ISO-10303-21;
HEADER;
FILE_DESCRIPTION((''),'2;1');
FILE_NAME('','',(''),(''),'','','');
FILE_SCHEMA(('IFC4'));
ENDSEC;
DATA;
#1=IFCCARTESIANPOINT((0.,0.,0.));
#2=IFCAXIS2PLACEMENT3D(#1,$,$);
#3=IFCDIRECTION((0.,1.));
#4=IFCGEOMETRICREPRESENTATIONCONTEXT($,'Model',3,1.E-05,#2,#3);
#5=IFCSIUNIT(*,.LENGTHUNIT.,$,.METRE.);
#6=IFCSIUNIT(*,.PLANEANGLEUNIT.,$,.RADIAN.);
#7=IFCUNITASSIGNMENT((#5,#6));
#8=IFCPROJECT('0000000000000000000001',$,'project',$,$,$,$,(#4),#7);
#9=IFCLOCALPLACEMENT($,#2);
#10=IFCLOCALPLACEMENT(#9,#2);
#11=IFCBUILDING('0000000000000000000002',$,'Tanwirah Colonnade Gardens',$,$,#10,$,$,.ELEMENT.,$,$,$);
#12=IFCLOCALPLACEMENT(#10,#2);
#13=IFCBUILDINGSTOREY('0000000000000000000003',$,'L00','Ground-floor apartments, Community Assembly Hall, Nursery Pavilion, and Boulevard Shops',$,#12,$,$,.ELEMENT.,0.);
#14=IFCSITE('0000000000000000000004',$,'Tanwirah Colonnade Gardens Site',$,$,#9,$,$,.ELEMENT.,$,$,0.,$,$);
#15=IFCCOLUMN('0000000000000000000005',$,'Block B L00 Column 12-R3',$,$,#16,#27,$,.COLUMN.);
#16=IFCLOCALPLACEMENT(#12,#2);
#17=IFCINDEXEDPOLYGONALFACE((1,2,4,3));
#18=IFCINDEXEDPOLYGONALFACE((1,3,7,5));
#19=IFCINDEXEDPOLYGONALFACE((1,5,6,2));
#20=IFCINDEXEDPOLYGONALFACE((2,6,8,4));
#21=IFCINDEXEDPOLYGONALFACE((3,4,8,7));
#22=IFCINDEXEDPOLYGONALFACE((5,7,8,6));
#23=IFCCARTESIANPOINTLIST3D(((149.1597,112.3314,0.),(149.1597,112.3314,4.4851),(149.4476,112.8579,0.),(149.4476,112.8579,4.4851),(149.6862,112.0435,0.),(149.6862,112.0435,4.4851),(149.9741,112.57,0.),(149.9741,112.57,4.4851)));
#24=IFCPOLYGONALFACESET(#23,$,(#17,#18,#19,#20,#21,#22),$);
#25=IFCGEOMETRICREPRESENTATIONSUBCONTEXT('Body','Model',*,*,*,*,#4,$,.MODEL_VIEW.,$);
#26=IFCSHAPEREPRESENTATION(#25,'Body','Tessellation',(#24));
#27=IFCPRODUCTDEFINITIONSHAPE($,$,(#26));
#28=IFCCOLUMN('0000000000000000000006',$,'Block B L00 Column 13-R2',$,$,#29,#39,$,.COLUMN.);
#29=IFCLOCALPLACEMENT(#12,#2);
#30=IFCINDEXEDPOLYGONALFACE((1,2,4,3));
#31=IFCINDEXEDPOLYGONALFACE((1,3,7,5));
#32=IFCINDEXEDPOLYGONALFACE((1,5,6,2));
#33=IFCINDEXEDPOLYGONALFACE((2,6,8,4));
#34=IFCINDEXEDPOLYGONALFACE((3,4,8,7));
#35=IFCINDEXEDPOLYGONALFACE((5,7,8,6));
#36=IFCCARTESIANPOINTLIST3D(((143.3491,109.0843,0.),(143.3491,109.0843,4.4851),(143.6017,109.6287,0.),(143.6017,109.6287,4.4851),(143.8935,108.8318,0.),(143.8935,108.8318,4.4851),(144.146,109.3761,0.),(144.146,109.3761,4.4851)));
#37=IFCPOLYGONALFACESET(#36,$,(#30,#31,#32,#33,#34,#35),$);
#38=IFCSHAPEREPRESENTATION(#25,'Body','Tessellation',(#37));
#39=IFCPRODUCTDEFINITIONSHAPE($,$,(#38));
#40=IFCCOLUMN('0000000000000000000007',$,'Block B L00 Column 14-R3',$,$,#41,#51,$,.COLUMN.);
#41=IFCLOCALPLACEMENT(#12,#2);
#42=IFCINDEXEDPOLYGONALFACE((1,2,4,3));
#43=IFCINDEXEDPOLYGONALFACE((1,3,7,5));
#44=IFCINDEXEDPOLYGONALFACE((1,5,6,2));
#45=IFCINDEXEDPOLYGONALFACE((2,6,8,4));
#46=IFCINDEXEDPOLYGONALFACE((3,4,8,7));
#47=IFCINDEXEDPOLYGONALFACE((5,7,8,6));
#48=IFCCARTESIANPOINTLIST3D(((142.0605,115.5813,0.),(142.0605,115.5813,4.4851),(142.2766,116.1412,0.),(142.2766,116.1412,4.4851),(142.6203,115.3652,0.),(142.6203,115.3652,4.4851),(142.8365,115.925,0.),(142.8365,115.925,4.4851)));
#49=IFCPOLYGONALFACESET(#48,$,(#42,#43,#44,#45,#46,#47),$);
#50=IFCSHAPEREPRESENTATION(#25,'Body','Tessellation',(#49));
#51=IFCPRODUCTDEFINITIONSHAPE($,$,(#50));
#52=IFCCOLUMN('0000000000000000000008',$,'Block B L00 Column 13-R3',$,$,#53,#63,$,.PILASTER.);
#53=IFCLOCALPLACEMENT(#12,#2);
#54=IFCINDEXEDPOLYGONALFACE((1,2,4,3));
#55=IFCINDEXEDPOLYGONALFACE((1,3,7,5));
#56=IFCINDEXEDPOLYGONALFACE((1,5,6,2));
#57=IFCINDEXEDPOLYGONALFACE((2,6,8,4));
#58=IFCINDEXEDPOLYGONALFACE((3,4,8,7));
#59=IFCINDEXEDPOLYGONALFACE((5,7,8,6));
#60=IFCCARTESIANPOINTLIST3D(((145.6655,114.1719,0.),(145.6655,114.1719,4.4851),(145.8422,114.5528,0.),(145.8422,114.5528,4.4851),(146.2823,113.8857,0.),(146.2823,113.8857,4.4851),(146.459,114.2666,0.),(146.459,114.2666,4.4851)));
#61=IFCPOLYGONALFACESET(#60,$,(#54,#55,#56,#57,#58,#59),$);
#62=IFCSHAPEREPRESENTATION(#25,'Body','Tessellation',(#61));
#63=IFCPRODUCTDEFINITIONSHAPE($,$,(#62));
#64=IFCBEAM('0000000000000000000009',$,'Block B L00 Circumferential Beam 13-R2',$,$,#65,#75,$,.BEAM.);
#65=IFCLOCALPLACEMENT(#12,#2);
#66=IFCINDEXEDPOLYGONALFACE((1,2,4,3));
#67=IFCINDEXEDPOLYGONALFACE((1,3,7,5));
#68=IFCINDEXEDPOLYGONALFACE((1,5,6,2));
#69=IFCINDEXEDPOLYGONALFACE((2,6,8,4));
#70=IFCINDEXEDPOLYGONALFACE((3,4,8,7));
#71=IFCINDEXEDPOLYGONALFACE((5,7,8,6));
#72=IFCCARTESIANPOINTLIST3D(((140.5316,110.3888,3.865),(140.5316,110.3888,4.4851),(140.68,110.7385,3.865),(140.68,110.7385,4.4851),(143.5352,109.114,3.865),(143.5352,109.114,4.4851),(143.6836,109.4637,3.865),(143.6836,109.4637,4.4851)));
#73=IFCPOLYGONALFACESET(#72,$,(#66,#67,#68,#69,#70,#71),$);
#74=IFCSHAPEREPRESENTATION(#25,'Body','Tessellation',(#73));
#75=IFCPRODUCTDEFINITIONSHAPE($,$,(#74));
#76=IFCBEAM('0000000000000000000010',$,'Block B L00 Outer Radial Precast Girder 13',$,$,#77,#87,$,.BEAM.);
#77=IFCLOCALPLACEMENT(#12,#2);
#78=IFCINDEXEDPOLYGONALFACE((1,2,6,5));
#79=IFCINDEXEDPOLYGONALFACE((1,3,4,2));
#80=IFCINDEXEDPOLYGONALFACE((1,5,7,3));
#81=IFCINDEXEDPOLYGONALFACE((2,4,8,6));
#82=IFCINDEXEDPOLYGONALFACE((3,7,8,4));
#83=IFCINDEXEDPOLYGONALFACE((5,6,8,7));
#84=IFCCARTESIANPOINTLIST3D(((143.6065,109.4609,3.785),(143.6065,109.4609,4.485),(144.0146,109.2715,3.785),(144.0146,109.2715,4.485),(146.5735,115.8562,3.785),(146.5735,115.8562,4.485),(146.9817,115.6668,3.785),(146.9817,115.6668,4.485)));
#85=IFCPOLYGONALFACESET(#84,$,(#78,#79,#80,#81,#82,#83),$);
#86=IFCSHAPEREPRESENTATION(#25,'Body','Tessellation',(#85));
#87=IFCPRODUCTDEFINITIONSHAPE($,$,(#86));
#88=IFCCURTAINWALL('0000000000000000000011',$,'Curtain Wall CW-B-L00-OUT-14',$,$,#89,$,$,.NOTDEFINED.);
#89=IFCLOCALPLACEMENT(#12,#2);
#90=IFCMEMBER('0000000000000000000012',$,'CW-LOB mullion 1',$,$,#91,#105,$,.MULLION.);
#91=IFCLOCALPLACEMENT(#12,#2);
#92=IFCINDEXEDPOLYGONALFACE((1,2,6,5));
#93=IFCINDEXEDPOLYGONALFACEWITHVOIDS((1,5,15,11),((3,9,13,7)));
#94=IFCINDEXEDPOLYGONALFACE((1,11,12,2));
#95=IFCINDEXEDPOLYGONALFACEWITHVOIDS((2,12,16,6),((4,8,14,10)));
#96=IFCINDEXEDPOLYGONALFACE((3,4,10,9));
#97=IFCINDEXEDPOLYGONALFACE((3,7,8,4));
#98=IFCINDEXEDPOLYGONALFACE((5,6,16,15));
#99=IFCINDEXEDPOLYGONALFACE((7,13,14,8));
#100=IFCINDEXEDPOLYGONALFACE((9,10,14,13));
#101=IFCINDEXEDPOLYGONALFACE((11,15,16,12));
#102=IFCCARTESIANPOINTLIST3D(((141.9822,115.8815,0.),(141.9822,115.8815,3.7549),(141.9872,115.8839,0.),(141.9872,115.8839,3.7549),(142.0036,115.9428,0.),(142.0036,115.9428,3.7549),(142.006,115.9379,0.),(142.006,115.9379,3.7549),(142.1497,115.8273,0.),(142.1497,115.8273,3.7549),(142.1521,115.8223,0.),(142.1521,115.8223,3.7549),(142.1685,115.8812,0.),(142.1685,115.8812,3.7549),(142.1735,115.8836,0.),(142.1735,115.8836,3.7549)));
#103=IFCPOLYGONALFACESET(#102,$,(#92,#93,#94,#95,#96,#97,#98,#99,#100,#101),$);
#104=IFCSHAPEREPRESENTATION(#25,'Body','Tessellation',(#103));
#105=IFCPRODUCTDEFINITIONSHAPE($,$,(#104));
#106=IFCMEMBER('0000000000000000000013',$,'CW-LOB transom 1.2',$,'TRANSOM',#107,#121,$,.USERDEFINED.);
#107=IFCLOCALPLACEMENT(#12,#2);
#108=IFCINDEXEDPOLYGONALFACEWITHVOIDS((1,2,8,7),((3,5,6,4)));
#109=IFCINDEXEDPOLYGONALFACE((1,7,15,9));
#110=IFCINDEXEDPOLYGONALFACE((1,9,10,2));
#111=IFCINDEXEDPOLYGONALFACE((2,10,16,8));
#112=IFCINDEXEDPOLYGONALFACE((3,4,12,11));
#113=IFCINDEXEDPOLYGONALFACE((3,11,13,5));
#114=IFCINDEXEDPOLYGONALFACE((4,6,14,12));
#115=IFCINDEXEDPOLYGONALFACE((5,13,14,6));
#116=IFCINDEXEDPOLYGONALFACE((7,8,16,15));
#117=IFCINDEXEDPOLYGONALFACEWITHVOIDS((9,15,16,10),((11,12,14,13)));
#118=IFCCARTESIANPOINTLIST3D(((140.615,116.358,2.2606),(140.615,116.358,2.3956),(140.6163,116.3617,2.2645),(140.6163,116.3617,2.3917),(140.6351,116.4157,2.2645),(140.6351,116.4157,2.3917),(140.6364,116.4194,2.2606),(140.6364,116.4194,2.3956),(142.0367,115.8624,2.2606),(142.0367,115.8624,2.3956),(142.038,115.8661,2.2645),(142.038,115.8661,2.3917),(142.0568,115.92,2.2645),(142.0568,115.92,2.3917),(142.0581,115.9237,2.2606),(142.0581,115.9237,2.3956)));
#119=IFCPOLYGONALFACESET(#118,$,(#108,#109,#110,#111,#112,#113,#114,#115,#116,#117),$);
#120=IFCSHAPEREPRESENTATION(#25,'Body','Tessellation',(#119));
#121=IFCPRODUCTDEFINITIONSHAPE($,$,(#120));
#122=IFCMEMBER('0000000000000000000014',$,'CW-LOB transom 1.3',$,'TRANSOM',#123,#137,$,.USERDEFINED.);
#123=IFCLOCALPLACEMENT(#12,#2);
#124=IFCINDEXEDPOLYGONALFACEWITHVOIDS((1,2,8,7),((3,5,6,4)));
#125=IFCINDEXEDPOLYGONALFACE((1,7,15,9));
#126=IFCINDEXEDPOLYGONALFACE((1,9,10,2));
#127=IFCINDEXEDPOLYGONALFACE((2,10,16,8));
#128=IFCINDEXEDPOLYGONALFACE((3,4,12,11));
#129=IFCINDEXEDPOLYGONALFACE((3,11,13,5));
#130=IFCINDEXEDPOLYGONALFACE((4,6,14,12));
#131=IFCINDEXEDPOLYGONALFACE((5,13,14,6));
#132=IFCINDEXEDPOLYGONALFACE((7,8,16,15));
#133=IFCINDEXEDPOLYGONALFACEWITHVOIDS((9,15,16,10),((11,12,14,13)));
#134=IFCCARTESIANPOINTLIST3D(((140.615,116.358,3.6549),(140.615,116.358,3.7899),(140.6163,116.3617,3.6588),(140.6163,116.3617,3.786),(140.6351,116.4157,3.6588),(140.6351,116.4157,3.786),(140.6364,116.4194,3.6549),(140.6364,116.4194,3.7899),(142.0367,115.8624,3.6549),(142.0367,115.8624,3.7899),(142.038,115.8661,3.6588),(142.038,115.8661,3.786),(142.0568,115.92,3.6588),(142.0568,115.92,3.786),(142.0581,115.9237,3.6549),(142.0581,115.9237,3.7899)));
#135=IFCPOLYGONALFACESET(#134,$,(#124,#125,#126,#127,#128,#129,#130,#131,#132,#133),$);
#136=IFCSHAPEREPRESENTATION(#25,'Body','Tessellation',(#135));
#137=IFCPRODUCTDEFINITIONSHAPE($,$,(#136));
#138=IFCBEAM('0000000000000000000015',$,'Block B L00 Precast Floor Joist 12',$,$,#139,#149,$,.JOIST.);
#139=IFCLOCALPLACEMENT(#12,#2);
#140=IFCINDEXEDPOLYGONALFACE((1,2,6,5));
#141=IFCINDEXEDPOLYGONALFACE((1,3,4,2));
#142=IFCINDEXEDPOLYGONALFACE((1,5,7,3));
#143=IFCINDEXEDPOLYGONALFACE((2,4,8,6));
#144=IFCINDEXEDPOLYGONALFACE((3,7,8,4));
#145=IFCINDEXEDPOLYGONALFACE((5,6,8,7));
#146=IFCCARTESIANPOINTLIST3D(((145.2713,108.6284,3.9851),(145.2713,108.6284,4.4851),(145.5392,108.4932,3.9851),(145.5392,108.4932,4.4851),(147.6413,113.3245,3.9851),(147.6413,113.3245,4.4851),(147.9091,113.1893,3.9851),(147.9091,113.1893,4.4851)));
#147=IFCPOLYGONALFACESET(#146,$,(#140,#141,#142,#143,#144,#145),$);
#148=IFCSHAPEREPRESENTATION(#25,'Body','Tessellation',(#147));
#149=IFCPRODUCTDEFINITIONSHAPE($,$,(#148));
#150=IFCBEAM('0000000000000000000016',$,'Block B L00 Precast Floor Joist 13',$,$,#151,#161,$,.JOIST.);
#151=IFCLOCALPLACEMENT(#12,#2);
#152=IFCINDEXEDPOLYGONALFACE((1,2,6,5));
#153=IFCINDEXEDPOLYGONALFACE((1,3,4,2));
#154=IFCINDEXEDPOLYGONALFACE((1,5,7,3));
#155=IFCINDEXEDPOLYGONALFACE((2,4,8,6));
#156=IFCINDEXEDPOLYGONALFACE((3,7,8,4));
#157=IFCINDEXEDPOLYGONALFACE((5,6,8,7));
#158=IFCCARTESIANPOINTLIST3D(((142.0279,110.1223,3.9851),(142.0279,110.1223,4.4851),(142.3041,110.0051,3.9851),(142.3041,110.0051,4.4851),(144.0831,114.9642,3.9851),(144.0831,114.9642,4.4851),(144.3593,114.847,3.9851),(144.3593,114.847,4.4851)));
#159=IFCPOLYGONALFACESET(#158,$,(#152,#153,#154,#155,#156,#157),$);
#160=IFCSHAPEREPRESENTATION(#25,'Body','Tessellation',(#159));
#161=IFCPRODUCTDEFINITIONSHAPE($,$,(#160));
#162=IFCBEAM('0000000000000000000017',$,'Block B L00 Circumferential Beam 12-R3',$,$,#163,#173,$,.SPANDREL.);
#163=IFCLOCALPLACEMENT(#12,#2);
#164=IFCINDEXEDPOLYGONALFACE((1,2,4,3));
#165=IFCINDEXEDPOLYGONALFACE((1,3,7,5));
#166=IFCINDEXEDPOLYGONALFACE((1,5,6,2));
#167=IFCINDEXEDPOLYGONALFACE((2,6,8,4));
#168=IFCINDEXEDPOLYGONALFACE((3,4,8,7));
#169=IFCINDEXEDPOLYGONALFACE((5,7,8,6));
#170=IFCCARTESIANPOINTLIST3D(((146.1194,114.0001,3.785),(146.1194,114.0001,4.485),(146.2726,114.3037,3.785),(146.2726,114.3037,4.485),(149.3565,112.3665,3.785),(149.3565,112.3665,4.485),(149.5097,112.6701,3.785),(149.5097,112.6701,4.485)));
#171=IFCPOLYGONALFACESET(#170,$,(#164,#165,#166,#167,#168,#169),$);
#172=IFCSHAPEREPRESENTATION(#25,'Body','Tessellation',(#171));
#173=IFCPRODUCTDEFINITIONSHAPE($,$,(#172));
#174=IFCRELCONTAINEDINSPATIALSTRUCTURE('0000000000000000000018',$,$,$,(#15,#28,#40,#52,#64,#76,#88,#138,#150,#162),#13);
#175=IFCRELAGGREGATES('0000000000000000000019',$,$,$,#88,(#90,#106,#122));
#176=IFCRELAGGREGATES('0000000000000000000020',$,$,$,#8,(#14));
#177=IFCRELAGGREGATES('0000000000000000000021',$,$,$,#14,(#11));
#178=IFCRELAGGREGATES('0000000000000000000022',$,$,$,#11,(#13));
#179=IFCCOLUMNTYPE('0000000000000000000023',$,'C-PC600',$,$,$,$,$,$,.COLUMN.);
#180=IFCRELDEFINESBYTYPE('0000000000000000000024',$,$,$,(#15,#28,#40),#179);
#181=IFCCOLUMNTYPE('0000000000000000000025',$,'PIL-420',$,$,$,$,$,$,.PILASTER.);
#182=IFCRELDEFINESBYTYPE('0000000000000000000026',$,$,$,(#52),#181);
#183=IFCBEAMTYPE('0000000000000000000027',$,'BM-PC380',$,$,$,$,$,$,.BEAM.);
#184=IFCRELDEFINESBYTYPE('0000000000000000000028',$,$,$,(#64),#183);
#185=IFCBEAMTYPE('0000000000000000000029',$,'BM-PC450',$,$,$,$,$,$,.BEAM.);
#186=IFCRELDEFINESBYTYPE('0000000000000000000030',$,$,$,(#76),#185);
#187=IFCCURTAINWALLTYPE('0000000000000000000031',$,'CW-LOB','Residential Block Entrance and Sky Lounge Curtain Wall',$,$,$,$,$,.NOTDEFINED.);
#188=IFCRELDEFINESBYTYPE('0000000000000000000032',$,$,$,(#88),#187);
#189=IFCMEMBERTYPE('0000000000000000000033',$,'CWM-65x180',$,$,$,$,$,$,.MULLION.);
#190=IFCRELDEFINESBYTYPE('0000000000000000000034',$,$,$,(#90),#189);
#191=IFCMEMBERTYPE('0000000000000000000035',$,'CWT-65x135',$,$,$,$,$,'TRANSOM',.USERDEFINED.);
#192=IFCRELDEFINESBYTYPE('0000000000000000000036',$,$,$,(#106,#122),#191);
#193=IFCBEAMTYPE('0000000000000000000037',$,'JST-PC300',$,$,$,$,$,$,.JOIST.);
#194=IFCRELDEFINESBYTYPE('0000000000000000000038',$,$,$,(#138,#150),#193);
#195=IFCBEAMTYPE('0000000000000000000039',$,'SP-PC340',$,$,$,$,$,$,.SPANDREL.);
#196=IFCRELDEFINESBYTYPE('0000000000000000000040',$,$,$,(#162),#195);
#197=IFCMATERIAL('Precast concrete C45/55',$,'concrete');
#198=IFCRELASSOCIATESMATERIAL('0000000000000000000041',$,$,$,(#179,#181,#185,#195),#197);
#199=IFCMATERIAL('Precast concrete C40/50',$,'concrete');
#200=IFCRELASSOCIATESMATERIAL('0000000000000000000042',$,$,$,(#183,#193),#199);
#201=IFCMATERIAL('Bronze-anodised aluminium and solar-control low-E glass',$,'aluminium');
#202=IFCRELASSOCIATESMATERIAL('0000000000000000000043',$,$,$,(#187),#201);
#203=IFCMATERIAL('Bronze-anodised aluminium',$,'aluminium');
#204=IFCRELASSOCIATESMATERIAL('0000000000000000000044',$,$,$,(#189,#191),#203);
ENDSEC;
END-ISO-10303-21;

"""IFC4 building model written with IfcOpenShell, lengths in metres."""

from ifc_helpers import new_model, si_unit, direction, frame, origin, origin_2d, place, context, subcontext, project, spatial, rectangle, hollow_rectangle, extrude, material, material_profile, profile_set, type_object, element, aggregate, save


model = new_model("IFC4")

# Units and contexts
model_context = context("Model", 3, precision=1e-05, world=origin(), true_north=direction((0.0, 1.0)))
body_context = subcontext(model_context, "Body", "Model", "MODEL_VIEW")
ifc_project = project(units=[si_unit("LENGTHUNIT", "METRE"), si_unit("PLANEANGLEUNIT", "RADIAN")], contexts=[model_context])

# Site, building, storey
site_placement = place(None, origin())
site = spatial("IfcSite", under=ifc_project, at=site_placement, Name="Tanwirah Colonnade Gardens Site", CompositionType="ELEMENT", RefElevation=0.0)
building_placement = place(site_placement, origin())
building = spatial("IfcBuilding", under=site, at=building_placement, Name="Tanwirah Colonnade Gardens", CompositionType="ELEMENT")
storey_placement = place(building_placement, origin())
storey = spatial("IfcBuildingStorey", under=building, at=storey_placement, Name="L00", Description="Ground-floor apartments, Community Assembly Hall, Nursery Pavilion, and Boulevard Shops", CompositionType="ELEMENT", Elevation=0.0)

# Columns
ifc_material_1 = material(Name="Precast concrete C45/55", Category="concrete")
ifc_material_profile_1 = material_profile(ifc_material_1, rectangle(XDim=0.6001, YDim=0.6001, at=origin_2d()), Name="PC-COL 600x600")
ifc_profile_set_1 = profile_set([ifc_material_profile_1], Name="Precast concrete C45/55")
column_type_1 = type_object("IfcColumnType", Name="C-PC600", PredefinedType="COLUMN", material=ifc_profile_set_1)
for number, where, z_axis, x_axis, name in (
    (1, (149.5669, 112.4507, 0.0), (0.0, 0.0, 1.0), (0.479713, 0.877425, 0.0), "Block B L00 Column 12-R3"),
    (2, (143.7476, 109.2302, 0.0), (0.0, 0.0, 1.0), (0.42086, 0.907126, 0.0), "Block B L00 Column 13-R2"),
    (3, (142.4485, 115.7532, 0.0), (0.0, 0.0, 1.0), (0.360178, 0.932884, 0.0), "Block B L00 Column 14-R3"),
):
    element("IfcColumn", number, at=place(storey_placement, frame(where, z_axis=z_axis, x_axis=x_axis)), inside=storey, type_object=column_type_1, Name=name, PredefinedType="COLUMN", context=body_context, shape_type="SweptSolid", body=[
        extrude(rectangle(XDim=0.6001, YDim=0.6001, at=origin_2d()), origin(), (0.0, 0.0, 1.0), 4.4851),
    ])
ifc_material_profile_2 = material_profile(ifc_material_1, rectangle(XDim=0.4199, YDim=0.6799, at=origin_2d()), Name="PC-PIL 420x680")
ifc_profile_set_2 = profile_set([ifc_material_profile_2], Name="Precast concrete C45/55")
column_type_2 = type_object("IfcColumnType", Name="PIL-420", PredefinedType="PILASTER", material=ifc_profile_set_2)
column_placement = place(storey_placement, frame((146.0623, 114.2192, 0.0), z_axis=(0.0, 0.0, 1.0), x_axis=(0.42086, 0.907126, 0.0)))
element("IfcColumn", 4, at=column_placement, inside=storey, type_object=column_type_2, Name="Block B L00 Column 13-R3", PredefinedType="PILASTER", context=body_context, shape_type="SweptSolid", body=[
    extrude(rectangle(XDim=0.4199, YDim=0.6799, at=origin_2d()), origin(), (0.0, 0.0, 1.0), 4.4851),
])

# Beams
ifc_material_2 = material(Name="Precast concrete C40/50", Category="concrete")
ifc_material_profile_3 = material_profile(ifc_material_2, rectangle(XDim=0.3799, YDim=0.6201, at=origin_2d()), Name="PC-BM 380x620")
ifc_profile_set_3 = profile_set([ifc_material_profile_3], Name="Precast concrete C40/50")
beam_type_1 = type_object("IfcBeamType", Name="BM-PC380", PredefinedType="BEAM", material=ifc_profile_set_3)
beam_1_placement = place(storey_placement, frame((143.6094, 109.2888, 4.175), z_axis=(-0.920513, 0.390711, 0.0), x_axis=(-0.390711, -0.920513, 0.0)))
element("IfcBeam", 5, at=beam_1_placement, inside=storey, type_object=beam_type_1, Name="Block B L00 Circumferential Beam 13-R2", PredefinedType="BEAM", context=body_context, shape_type="SweptSolid", body=[
    extrude(rectangle(XDim=0.3799, YDim=0.6201, at=origin_2d()), origin(), (0.0, 0.0, 1.0), 3.2629),
])
ifc_material_profile_4 = material_profile(ifc_material_1, rectangle(XDim=0.45, YDim=0.7, at=origin_2d()), Name="PC-BM 450x700")
ifc_profile_set_4 = profile_set([ifc_material_profile_4], Name="Precast concrete C45/55")
beam_type_2 = type_object("IfcBeamType", Name="BM-PC450", PredefinedType="BEAM", material=ifc_profile_set_4)
beam_2_placement = place(storey_placement, frame((143.8105, 109.3662, 4.135), z_axis=(0.420856, 0.907128, 0.0), x_axis=(-0.907128, 0.420856, 0.0)))
element("IfcBeam", 6, at=beam_2_placement, inside=storey, type_object=beam_type_2, Name="Block B L00 Outer Radial Precast Girder 13", PredefinedType="BEAM", context=body_context, shape_type="SweptSolid", body=[
    extrude(rectangle(XDim=0.45, YDim=0.7, at=origin_2d()), origin(), (0.0, 0.0, 1.0), 7.05),
])

# Curtain wall, members
ifc_material_3 = material(Name="Bronze-anodised aluminium and solar-control low-E glass", Category="aluminium")
curtain_wall_type = type_object("IfcCurtainWallType", Name="CW-LOB", Description="Residential Block Entrance and Sky Lounge Curtain Wall", PredefinedType="NOTDEFINED", material=ifc_material_3)
curtain_wall_placement = place(storey_placement, origin())
curtain_wall = element("IfcCurtainWall", 7, at=curtain_wall_placement, inside=storey, type_object=curtain_wall_type, Name="Curtain Wall CW-B-L00-OUT-14", PredefinedType="NOTDEFINED")
ifc_material_4 = material(Name="Bronze-anodised aluminium", Category="aluminium")
ifc_material_profile_5 = material_profile(ifc_material_4, hollow_rectangle(XDim=0.0649, YDim=0.1799, WallThickness=0.0039, at=origin_2d()), Name="CW-MUL 65x180x4")
ifc_profile_set_5 = profile_set([ifc_material_profile_5], Name="Bronze-anodised aluminium")
member_type_1 = type_object("IfcMemberType", Name="CWM-65x180", PredefinedType="MULLION", material=ifc_profile_set_5)
member_1_placement = place(storey_placement, frame((142.0779, 115.8826, 0.0), z_axis=(0.0, 0.0, 1.0), x_axis=(-0.329232, -0.944249, 0.0)))
member_1 = element("IfcMember", 8, at=member_1_placement, type_object=member_type_1, Name="CW-LOB mullion 1", PredefinedType="MULLION", context=body_context, shape_type="SweptSolid", body=[
    extrude(hollow_rectangle(XDim=0.0649, YDim=0.1799, WallThickness=0.0039, at=origin_2d()), origin(), (0.0, 0.0, 1.0), 3.7549),
])
ifc_material_profile_6 = material_profile(ifc_material_4, hollow_rectangle(XDim=0.0649, YDim=0.135, WallThickness=0.0039, at=origin_2d()), Name="CW-TRN 65x135x4")
ifc_profile_set_6 = profile_set([ifc_material_profile_6], Name="Bronze-anodised aluminium")
member_type_2 = type_object("IfcMemberType", Name="CWT-65x135", ElementType="TRANSOM", PredefinedType="USERDEFINED", material=ifc_profile_set_6)
member_2_placement = place(storey_placement, frame((142.0474, 115.8931, 2.3281), z_axis=(-0.944265, 0.329187, 0.0), x_axis=(-0.329187, -0.944265, 0.0)))
member_2 = element("IfcMember", 9, at=member_2_placement, type_object=member_type_2, Name="CW-LOB transom 1.2", ObjectType="TRANSOM", PredefinedType="USERDEFINED", context=body_context, shape_type="SweptSolid", body=[
    extrude(hollow_rectangle(XDim=0.0649, YDim=0.135, WallThickness=0.0039, at=origin_2d()), origin(), (0.0, 0.0, 1.0), 1.5056),
])
member_3_placement = place(storey_placement, frame((142.0474, 115.8931, 3.7224), z_axis=(-0.944265, 0.329187, 0.0), x_axis=(-0.329187, -0.944265, 0.0)))
member_3 = element("IfcMember", 10, at=member_3_placement, type_object=member_type_2, Name="CW-LOB transom 1.3", ObjectType="TRANSOM", PredefinedType="USERDEFINED", context=body_context, shape_type="SweptSolid", body=[
    extrude(hollow_rectangle(XDim=0.0649, YDim=0.135, WallThickness=0.0039, at=origin_2d()), origin(), (0.0, 0.0, 1.0), 1.5056),
])
aggregate(curtain_wall, [member_1, member_2, member_3])

# Beams
ifc_material_profile_7 = material_profile(ifc_material_2, rectangle(XDim=0.3, YDim=0.5, at=origin_2d()), Name="PC-JST 300x500")
ifc_profile_set_7 = profile_set([ifc_material_profile_7], Name="Precast concrete C40/50")
beam_type_3 = type_object("IfcBeamType", Name="JST-PC300", PredefinedType="JOIST", material=ifc_profile_set_7)
beam_3_placement = place(storey_placement, frame((145.4053, 108.5608, 4.2351), z_axis=(0.450534, 0.892759, 0.0), x_axis=(-0.892759, 0.450534, 0.0)))
element("IfcBeam", 11, at=beam_3_placement, inside=storey, type_object=beam_type_3, Name="Block B L00 Precast Floor Joist 12", PredefinedType="JOIST", context=body_context, shape_type="SweptSolid", body=[
    extrude(rectangle(XDim=0.3, YDim=0.5, at=origin_2d()), origin(), (0.0, 0.0, 1.0), 5.2603),
])
beam_4_placement = place(storey_placement, frame((142.166, 110.0637, 4.2351), z_axis=(0.390724, 0.920508, 0.0), x_axis=(-0.920508, 0.390724, 0.0)))
element("IfcBeam", 12, at=beam_4_placement, inside=storey, type_object=beam_type_3, Name="Block B L00 Precast Floor Joist 13", PredefinedType="JOIST", context=body_context, shape_type="SweptSolid", body=[
    extrude(rectangle(XDim=0.3, YDim=0.5, at=origin_2d()), origin(), (0.0, 0.0, 1.0), 5.26),
])
ifc_material_profile_8 = material_profile(ifc_material_1, rectangle(XDim=0.3401, YDim=0.7, at=origin_2d()), Name="PC-SP 340x700")
ifc_profile_set_8 = profile_set([ifc_material_profile_8], Name="Precast concrete C45/55")
beam_type_4 = type_object("IfcBeamType", Name="SP-PC340", PredefinedType="SPANDREL", material=ifc_profile_set_8)
beam_5_placement = place(storey_placement, frame((149.4331, 112.5183, 4.135), z_axis=(-0.892765, 0.450523, 0.0), x_axis=(-0.450523, -0.892765, 0.0)))
element("IfcBeam", 13, at=beam_5_placement, inside=storey, type_object=beam_type_4, Name="Block B L00 Circumferential Beam 12-R3", PredefinedType="SPANDREL", context=body_context, shape_type="SweptSolid", body=[
    extrude(rectangle(XDim=0.3401, YDim=0.7, at=origin_2d()), origin(), (0.0, 0.0, 1.0), 3.626),
])

save(model, "model.ifc")
